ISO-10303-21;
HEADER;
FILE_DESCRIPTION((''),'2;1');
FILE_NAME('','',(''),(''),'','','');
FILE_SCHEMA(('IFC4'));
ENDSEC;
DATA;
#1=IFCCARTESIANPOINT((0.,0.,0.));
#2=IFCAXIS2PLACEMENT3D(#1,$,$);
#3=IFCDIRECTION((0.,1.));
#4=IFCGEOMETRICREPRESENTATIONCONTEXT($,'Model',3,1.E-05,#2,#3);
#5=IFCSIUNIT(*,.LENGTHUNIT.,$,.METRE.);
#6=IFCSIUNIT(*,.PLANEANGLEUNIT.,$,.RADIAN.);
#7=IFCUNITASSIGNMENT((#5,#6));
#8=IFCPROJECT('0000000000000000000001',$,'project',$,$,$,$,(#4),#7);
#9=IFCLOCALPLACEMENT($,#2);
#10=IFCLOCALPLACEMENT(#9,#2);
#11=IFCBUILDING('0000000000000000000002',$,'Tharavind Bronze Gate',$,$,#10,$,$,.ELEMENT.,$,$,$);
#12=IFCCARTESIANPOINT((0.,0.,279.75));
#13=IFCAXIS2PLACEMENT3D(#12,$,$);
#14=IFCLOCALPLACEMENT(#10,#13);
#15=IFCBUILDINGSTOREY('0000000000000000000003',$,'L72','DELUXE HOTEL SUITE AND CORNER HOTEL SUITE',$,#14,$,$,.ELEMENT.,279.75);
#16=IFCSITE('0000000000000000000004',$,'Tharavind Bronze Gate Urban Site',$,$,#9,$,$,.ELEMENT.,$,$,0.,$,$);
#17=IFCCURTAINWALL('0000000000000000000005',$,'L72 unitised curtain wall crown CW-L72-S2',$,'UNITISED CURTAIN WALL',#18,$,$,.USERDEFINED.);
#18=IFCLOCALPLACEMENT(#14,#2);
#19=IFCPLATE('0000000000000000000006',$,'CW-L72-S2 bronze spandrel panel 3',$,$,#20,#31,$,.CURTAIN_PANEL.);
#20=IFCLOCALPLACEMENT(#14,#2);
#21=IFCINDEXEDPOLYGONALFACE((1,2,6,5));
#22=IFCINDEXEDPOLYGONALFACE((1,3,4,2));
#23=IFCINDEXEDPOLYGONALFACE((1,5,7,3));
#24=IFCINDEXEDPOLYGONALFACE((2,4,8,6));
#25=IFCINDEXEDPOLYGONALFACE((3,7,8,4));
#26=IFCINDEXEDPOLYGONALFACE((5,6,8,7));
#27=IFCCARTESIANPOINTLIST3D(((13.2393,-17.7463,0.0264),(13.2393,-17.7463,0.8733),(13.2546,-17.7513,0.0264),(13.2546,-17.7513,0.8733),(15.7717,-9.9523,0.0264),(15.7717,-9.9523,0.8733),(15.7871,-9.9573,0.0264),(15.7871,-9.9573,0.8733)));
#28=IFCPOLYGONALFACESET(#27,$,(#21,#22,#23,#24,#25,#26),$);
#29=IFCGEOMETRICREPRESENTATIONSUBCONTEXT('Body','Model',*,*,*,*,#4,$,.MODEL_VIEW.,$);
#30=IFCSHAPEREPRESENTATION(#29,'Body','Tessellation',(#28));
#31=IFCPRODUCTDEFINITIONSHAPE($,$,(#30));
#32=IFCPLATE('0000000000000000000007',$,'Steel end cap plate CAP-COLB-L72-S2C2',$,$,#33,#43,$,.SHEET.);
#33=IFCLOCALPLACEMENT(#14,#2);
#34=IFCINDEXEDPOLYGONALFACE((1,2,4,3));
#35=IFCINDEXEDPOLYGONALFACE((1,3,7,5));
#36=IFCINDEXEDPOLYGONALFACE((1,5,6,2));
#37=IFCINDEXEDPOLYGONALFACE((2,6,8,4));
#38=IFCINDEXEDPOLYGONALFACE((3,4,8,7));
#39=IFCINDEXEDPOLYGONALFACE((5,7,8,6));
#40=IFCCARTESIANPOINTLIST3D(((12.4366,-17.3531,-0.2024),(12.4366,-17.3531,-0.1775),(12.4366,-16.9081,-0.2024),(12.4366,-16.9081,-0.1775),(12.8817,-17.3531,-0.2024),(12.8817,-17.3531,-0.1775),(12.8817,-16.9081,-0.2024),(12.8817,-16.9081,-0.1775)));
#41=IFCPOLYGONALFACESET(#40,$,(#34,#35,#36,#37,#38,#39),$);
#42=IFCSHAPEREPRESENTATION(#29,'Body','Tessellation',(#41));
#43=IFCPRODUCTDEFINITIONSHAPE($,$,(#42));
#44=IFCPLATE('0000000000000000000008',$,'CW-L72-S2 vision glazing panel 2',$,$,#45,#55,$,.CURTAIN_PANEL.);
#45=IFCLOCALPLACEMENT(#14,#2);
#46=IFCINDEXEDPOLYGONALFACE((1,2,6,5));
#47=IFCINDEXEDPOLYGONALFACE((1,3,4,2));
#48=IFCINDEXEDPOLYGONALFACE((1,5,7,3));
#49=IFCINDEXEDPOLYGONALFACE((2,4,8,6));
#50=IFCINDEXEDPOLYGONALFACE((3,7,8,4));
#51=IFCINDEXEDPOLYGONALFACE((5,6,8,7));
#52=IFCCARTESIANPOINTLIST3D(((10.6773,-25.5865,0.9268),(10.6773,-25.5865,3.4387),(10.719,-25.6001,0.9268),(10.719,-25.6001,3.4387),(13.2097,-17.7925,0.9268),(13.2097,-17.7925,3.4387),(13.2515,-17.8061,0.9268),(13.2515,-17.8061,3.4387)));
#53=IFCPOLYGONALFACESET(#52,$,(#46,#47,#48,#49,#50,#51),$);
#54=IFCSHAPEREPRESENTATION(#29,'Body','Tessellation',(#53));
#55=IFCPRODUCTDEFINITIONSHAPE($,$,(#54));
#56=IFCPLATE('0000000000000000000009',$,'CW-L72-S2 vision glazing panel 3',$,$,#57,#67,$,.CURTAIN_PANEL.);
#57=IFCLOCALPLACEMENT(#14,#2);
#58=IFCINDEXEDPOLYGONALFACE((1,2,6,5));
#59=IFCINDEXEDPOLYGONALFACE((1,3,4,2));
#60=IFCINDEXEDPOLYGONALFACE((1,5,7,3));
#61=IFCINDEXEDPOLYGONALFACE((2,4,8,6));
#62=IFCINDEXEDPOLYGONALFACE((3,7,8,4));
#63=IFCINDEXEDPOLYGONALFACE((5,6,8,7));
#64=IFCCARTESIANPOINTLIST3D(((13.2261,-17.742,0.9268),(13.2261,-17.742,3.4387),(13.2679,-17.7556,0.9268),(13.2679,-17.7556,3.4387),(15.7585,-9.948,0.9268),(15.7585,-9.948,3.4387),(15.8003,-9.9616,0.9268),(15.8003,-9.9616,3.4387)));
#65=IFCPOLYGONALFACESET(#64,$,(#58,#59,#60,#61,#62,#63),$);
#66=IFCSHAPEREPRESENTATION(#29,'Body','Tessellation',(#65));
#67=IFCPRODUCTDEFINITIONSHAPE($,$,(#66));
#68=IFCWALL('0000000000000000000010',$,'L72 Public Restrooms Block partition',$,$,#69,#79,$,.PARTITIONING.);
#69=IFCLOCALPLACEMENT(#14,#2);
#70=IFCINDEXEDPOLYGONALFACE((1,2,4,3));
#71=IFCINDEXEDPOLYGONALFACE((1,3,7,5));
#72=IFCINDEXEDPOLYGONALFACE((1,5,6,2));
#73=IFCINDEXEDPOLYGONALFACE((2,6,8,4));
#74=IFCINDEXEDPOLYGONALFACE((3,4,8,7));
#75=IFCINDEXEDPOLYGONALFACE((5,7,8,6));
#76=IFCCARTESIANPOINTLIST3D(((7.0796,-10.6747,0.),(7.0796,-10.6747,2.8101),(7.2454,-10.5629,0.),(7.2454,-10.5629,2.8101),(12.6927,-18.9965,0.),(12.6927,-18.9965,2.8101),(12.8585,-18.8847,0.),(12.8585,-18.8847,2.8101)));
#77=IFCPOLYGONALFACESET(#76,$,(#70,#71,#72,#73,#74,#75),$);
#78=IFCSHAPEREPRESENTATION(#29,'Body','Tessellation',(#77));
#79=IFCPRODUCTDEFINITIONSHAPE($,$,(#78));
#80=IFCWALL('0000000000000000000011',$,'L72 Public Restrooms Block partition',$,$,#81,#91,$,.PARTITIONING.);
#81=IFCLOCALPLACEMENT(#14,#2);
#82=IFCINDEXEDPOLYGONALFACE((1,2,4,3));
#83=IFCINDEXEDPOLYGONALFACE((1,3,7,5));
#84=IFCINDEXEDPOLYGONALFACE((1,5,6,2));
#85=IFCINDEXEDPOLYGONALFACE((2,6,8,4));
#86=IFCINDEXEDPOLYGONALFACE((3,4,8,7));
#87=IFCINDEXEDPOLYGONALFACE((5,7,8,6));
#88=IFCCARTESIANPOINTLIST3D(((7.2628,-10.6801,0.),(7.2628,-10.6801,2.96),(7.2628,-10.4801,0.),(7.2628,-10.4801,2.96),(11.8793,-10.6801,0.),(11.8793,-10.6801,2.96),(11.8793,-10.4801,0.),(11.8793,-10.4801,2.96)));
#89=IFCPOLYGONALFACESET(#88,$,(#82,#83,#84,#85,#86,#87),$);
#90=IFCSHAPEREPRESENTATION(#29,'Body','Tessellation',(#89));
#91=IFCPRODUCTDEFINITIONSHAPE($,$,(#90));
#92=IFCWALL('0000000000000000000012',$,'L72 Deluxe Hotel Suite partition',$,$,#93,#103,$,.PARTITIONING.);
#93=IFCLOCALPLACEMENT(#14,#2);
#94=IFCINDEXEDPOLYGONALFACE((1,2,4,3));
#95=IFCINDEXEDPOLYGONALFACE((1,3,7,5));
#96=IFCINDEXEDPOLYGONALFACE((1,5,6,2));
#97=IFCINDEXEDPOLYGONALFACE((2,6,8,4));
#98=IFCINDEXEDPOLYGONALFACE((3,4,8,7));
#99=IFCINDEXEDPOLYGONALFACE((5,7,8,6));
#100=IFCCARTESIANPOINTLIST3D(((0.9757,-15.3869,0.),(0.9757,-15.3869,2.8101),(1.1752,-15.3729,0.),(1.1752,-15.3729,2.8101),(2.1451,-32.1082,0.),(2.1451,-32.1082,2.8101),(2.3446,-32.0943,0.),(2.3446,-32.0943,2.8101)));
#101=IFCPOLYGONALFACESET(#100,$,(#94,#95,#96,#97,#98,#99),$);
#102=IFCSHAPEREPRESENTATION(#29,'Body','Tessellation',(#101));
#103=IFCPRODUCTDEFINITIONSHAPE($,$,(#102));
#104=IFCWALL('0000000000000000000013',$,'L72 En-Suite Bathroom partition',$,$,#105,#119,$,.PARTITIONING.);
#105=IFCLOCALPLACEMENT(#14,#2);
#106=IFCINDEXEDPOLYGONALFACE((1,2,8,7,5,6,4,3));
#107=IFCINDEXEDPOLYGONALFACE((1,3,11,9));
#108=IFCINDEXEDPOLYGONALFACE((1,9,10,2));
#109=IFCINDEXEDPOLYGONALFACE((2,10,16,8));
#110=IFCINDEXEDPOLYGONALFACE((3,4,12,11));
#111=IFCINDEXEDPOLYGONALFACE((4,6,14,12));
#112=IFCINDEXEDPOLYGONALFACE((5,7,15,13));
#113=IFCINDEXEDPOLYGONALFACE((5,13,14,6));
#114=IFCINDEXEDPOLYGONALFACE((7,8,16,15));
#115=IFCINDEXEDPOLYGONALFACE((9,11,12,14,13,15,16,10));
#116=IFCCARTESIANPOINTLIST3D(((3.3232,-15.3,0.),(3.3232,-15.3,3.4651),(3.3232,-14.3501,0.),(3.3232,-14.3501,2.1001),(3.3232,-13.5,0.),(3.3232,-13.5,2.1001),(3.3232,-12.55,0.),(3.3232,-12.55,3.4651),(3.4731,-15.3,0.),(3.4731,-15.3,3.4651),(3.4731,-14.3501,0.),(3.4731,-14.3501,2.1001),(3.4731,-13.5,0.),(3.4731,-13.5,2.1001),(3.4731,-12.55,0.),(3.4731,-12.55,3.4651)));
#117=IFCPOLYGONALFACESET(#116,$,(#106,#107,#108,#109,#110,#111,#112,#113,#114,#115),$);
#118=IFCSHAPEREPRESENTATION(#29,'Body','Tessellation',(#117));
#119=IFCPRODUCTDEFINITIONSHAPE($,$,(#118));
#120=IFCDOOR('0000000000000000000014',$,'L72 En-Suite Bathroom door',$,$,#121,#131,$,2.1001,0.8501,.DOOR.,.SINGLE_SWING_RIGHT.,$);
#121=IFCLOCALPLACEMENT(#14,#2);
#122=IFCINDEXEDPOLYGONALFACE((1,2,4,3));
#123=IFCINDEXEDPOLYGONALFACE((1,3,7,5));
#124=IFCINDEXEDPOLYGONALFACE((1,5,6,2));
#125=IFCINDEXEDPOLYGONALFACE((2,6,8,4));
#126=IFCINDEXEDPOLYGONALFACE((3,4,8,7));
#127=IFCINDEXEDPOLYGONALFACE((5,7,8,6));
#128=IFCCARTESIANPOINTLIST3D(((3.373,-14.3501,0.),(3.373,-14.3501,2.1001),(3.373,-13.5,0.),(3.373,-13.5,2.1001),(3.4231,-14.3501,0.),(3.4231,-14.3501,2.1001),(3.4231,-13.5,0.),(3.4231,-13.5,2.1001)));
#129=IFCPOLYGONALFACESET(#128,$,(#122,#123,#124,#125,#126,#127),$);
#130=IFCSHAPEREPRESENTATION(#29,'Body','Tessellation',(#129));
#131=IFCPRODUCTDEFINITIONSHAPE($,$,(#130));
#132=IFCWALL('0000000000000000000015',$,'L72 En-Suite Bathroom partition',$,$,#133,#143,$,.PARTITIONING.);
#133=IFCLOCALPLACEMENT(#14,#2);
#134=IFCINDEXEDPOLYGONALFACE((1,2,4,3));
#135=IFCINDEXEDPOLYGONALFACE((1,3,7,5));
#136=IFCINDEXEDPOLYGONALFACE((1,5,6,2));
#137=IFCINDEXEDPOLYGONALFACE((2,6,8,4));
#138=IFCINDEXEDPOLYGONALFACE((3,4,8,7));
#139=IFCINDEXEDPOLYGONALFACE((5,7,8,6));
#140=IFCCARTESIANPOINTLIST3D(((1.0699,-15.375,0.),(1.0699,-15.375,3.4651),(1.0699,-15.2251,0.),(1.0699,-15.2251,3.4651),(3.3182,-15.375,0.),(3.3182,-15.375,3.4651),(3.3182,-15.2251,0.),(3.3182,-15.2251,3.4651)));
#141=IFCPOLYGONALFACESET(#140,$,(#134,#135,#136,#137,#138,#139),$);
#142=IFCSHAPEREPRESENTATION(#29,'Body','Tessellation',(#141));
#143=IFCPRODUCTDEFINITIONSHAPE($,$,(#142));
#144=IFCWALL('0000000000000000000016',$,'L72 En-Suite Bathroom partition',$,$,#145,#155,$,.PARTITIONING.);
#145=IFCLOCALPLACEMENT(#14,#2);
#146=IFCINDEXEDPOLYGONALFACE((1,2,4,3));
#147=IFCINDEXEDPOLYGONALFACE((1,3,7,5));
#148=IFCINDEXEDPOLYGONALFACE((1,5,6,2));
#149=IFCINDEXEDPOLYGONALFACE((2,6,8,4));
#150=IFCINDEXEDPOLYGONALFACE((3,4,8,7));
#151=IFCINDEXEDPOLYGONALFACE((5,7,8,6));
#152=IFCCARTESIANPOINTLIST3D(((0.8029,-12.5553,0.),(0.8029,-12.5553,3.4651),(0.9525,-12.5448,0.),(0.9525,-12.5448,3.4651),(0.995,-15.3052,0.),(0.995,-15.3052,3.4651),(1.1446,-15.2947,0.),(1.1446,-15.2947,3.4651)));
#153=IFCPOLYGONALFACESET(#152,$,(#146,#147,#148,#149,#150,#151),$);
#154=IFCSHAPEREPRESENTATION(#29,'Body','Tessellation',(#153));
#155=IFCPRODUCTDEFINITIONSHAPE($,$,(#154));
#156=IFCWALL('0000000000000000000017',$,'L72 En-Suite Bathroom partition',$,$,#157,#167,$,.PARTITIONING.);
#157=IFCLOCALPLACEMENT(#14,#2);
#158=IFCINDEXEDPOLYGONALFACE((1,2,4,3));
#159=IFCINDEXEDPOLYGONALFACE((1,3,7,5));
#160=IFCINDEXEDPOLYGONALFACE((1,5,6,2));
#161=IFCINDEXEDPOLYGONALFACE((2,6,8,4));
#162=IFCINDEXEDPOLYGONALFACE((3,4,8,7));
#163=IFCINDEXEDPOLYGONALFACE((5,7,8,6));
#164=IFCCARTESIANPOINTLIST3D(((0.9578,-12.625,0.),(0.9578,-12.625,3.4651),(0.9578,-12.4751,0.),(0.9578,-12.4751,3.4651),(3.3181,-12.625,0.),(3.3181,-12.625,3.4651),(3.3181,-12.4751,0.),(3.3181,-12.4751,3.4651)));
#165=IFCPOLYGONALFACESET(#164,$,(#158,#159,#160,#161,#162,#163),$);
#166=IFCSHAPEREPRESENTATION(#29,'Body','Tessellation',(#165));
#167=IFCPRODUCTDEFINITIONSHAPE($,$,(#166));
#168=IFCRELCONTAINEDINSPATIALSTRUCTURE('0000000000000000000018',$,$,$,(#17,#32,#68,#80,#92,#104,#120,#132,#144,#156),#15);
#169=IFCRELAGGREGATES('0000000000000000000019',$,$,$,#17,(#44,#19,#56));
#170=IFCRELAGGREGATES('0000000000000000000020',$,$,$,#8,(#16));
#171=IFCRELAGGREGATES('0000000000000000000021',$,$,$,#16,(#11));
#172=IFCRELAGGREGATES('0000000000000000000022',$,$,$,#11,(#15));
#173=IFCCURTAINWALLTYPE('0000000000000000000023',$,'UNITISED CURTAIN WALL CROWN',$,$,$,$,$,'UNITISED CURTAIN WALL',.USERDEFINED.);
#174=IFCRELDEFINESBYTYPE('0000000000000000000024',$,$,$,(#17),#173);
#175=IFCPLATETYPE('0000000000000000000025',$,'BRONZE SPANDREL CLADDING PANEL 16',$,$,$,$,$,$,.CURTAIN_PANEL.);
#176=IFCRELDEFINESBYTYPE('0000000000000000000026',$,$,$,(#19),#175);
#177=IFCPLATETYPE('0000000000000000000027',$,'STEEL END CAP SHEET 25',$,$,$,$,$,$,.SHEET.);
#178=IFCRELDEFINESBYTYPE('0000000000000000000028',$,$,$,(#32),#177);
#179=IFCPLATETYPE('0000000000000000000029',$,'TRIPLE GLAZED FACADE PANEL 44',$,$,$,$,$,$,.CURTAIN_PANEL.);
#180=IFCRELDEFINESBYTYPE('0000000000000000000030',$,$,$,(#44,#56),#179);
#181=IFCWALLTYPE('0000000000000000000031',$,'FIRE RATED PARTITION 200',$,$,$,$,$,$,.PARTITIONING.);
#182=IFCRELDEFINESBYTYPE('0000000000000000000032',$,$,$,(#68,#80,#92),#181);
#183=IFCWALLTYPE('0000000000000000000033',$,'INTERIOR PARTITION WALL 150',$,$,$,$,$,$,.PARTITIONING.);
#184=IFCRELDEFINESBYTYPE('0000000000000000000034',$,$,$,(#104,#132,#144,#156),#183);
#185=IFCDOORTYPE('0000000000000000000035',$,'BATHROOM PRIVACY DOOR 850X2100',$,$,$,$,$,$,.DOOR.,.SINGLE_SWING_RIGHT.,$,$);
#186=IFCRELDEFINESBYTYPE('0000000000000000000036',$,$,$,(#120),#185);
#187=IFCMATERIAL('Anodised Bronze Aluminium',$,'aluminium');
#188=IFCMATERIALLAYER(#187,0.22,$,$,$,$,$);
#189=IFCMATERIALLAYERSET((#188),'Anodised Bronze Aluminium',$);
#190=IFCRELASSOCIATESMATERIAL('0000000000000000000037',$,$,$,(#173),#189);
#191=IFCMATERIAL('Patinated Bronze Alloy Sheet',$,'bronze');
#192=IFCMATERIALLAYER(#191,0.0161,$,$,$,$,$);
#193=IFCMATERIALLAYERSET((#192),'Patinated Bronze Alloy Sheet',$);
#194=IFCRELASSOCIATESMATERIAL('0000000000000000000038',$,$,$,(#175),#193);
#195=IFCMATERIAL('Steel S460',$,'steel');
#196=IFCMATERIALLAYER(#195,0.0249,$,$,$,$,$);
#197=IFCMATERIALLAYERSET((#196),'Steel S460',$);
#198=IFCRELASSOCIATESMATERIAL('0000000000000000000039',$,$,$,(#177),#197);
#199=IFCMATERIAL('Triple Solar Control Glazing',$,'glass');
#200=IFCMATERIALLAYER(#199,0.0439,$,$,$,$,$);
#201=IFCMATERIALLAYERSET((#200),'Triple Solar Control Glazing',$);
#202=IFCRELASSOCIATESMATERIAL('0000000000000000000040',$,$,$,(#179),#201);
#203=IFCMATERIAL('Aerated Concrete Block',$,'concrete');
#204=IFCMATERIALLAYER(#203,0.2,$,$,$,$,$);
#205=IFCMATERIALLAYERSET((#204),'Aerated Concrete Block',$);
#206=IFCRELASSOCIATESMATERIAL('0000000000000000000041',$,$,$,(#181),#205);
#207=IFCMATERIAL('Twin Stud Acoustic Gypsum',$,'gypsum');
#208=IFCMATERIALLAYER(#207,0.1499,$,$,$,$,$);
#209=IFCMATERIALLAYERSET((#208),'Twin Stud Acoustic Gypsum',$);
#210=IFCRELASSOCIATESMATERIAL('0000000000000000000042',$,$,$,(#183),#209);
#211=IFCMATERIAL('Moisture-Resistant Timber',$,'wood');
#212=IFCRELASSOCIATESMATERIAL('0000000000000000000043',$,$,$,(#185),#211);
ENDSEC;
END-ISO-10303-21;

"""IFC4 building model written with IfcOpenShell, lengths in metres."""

from ifc_helpers import new_model, si_unit, direction, frame, frame_2d, origin, origin_2d, place, context, subcontext, project, spatial, rectangle, extrude, material, layer, layer_set, type_object, element, fill, aggregate, save


model = new_model("IFC4")

# Units and contexts
model_context = context("Model", 3, precision=1e-05, world=origin(), true_north=direction((0.0, 1.0)))
body_context = subcontext(model_context, "Body", "Model", "MODEL_VIEW")
ifc_project = project(units=[si_unit("LENGTHUNIT", "METRE"), si_unit("PLANEANGLEUNIT", "RADIAN")], contexts=[model_context])

# Site, building, storey
site_placement = place(None, origin())
site = spatial("IfcSite", under=ifc_project, at=site_placement, Name="Tharavind Bronze Gate Urban Site", CompositionType="ELEMENT", RefElevation=0.0)
building_placement = place(site_placement, origin())
building = spatial("IfcBuilding", under=site, at=building_placement, Name="Tharavind Bronze Gate", CompositionType="ELEMENT")
storey_placement = place(building_placement, frame((0.0, 0.0, 279.75)))
storey = spatial("IfcBuildingStorey", under=building, at=storey_placement, Name="L72", Description="DELUXE HOTEL SUITE AND CORNER HOTEL SUITE", CompositionType="ELEMENT", Elevation=279.75)

# Shared definitions
ifc_material_1 = material(Name="Steel S460", Category="steel")

# Curtain wall
ifc_material_2 = material(Name="Anodised Bronze Aluminium", Category="aluminium")
ifc_layer_1 = layer(ifc_material_2, 0.22)
ifc_layer_set_1 = layer_set([ifc_layer_1], Name="Anodised Bronze Aluminium")
curtain_wall_type = type_object("IfcCurtainWallType", Name="UNITISED CURTAIN WALL CROWN", ElementType="UNITISED CURTAIN WALL", PredefinedType="USERDEFINED", material=ifc_layer_set_1)
curtain_wall_placement = place(storey_placement, origin())
curtain_wall = element("IfcCurtainWall", 1, at=curtain_wall_placement, inside=storey, type_object=curtain_wall_type, Name="L72 unitised curtain wall crown CW-L72-S2", ObjectType="UNITISED CURTAIN WALL", PredefinedType="USERDEFINED")

# Plates
ifc_material_3 = material(Name="Patinated Bronze Alloy Sheet", Category="bronze")
ifc_layer_2 = layer(ifc_material_3, 0.0161)
ifc_layer_set_2 = layer_set([ifc_layer_2], Name="Patinated Bronze Alloy Sheet")
plate_type_1 = type_object("IfcPlateType", Name="BRONZE SPANDREL CLADDING PANEL 16", PredefinedType="CURTAIN_PANEL", material=ifc_layer_set_2)
plate_1_placement = place(storey_placement, frame((14.5132, -13.8518, 0.0264), z_axis=(0.0, 0.0, 1.0), x_axis=(0.309017, 0.951057, 0.0)))
plate_1 = element("IfcPlate", 2, at=plate_1_placement, type_object=plate_type_1, Name="CW-L72-S2 bronze spandrel panel 3", PredefinedType="CURTAIN_PANEL", context=body_context, shape_type="SweptSolid", body=[
    extrude(rectangle(XDim=8.1951, YDim=0.0161, at=origin_2d()), origin(), (0.0, 0.0, 1.0), 0.8469),
])
ifc_layer_3 = layer(ifc_material_1, 0.0249)
ifc_layer_set_3 = layer_set([ifc_layer_3], Name="Steel S460")
plate_type_2 = type_object("IfcPlateType", Name="STEEL END CAP SHEET 25", PredefinedType="SHEET", material=ifc_layer_set_3)
plate_2_placement = place(storey_placement, frame((12.6592, -17.1306, -0.2024), z_axis=(0.0, 0.0, 1.0), x_axis=(1.0, 0.0, 0.0)))
element("IfcPlate", 3, at=plate_2_placement, inside=storey, type_object=plate_type_2, Name="Steel end cap plate CAP-COLB-L72-S2C2", PredefinedType="SHEET", context=body_context, shape_type="SweptSolid", body=[
    extrude(rectangle(XDim=0.4451, YDim=0.4451, at=origin_2d()), origin(), (0.0, 0.0, 1.0), 0.0249),
])
ifc_material_4 = material(Name="Triple Solar Control Glazing", Category="glass")
ifc_layer_4 = layer(ifc_material_4, 0.0439)
ifc_layer_set_4 = layer_set([ifc_layer_4], Name="Triple Solar Control Glazing")
plate_type_3 = type_object("IfcPlateType", Name="TRIPLE GLAZED FACADE PANEL 44", PredefinedType="CURTAIN_PANEL", material=ifc_layer_set_4)
plate_3_placement = place(storey_placement, frame((11.9644, -21.6963, 0.9268), z_axis=(0.0, 0.0, 1.0), x_axis=(0.309017, 0.951057, 0.0)))
plate_3 = element("IfcPlate", 4, at=plate_3_placement, type_object=plate_type_3, Name="CW-L72-S2 vision glazing panel 2", PredefinedType="CURTAIN_PANEL", context=body_context, shape_type="SweptSolid", body=[
    extrude(rectangle(XDim=8.1951, YDim=0.0439, at=origin_2d()), origin(), (0.0, 0.0, 1.0), 2.512),
])
plate_4_placement = place(storey_placement, frame((14.5132, -13.8518, 0.9268), z_axis=(0.0, 0.0, 1.0), x_axis=(0.309017, 0.951057, 0.0)))
plate_4 = element("IfcPlate", 5, at=plate_4_placement, type_object=plate_type_3, Name="CW-L72-S2 vision glazing panel 3", PredefinedType="CURTAIN_PANEL", context=body_context, shape_type="SweptSolid", body=[
    extrude(rectangle(XDim=8.1951, YDim=0.0439, at=origin_2d()), origin(), (0.0, 0.0, 1.0), 2.512),
])
aggregate(curtain_wall, [plate_3, plate_1, plate_4])

# Walls
ifc_material_5 = material(Name="Aerated Concrete Block", Category="concrete")
ifc_layer_5 = layer(ifc_material_5, 0.2)
ifc_layer_set_5 = layer_set([ifc_layer_5], Name="Aerated Concrete Block")
wall_type_1 = type_object("IfcWallType", Name="FIRE RATED PARTITION 200", PredefinedType="PARTITIONING", material=ifc_layer_set_5)
wall_1_placement = place(storey_placement, frame((12.7756, -18.9407, 0.0), z_axis=(0.0, 0.0, 1.0), x_axis=(-0.559188, 0.829041, 0.0)))
element("IfcWall", 6, at=wall_1_placement, inside=storey, type_object=wall_type_1, Name="L72 Public Restrooms Block partition", PredefinedType="PARTITIONING", context=body_context, shape_type="SweptSolid", body=[
    extrude(rectangle(XDim=10.0378, YDim=0.2, at=frame_2d((5.019, 0.0))), origin(), (0.0, 0.0, 1.0), 2.8101),
])
wall_2_placement = place(storey_placement, frame((7.2629, -10.5801, 0.0), z_axis=(0.0, 0.0, 1.0), x_axis=(1.0, 0.0, 0.0)))
element("IfcWall", 7, at=wall_2_placement, inside=storey, type_object=wall_type_1, Name="L72 Public Restrooms Block partition", PredefinedType="PARTITIONING", context=body_context, shape_type="SweptSolid", body=[
    extrude(rectangle(XDim=4.6165, YDim=0.2, at=frame_2d((2.3081, 0.0))), origin(), (0.0, 0.0, 1.0), 2.96),
])
wall_3_placement = place(storey_placement, frame((1.0754, -15.3799, 0.0), z_axis=(0.0, 0.0, 1.0), x_axis=(0.069766, -0.997563, 0.0)))
element("IfcWall", 8, at=wall_3_placement, inside=storey, type_object=wall_type_1, Name="L72 Deluxe Hotel Suite partition", PredefinedType="PARTITIONING", context=body_context, shape_type="SweptSolid", body=[
    extrude(rectangle(XDim=16.7622, YDim=0.2, at=frame_2d((8.3811, 0.0))), origin(), (0.0, 0.0, 1.0), 2.8101),
])

# Wall, opening, door
ifc_material_6 = material(Name="Twin Stud Acoustic Gypsum", Category="gypsum")
ifc_layer_6 = layer(ifc_material_6, 0.1499)
ifc_layer_set_6 = layer_set([ifc_layer_6], Name="Twin Stud Acoustic Gypsum")
wall_type_2 = type_object("IfcWallType", Name="INTERIOR PARTITION WALL 150", PredefinedType="PARTITIONING", material=ifc_layer_set_6)
wall_4_placement = place(storey_placement, frame((3.3982, -12.55, 0.0), z_axis=(0.0, 0.0, 1.0), x_axis=(0.0, -1.0, 0.0)))
wall_4 = element("IfcWall", 9, at=wall_4_placement, inside=storey, type_object=wall_type_2, Name="L72 En-Suite Bathroom partition", PredefinedType="PARTITIONING", context=body_context, shape_type="SweptSolid", body=[
    extrude(rectangle(XDim=2.75, YDim=0.1499, at=frame_2d((1.375, 0.0))), origin(), (0.0, 0.0, 1.0), 3.4651),
])
opening_placement = place(wall_4_placement, frame((0.95, 0.0, 0.0)))
opening = element("IfcOpeningElement", 10, at=opening_placement, cuts=wall_4, PredefinedType="OPENING", context=body_context, shape_type="SweptSolid", body=[
    extrude(rectangle(XDim=0.8501, YDim=2.1001, at=frame_2d((0.425, 1.05))), frame((0.0, 0.085, 0.0), z_axis=(0.0, -1.0, 0.0), x_axis=(1.0, 0.0, 0.0)), (0.0, 0.0, 1.0), 0.1699),
])
ifc_material_7 = material(Name="Moisture-Resistant Timber", Category="wood")
door_type = type_object("IfcDoorType", Name="BATHROOM PRIVACY DOOR 850X2100", OperationType="SINGLE_SWING_RIGHT", PredefinedType="DOOR", material=ifc_material_7)
door_placement = place(opening_placement, origin())
door = element("IfcDoor", 11, at=door_placement, inside=storey, type_object=door_type, Name="L72 En-Suite Bathroom door", OperationType="SINGLE_SWING_RIGHT", OverallHeight=2.1001, OverallWidth=0.8501, PredefinedType="DOOR", context=body_context, shape_type="SweptSolid", body=[
    extrude(rectangle(XDim=0.8501, YDim=2.1001, at=frame_2d((0.425, 1.05))), frame((0.0, 0.0249, 0.0), z_axis=(0.0, -1.0, 0.0), x_axis=(1.0, 0.0, 0.0)), (0.0, 0.0, 1.0), 0.05),
])
fill(opening, door)

# Walls
wall_5_placement = place(storey_placement, frame((3.3181, -15.3, 0.0), z_axis=(0.0, 0.0, 1.0), x_axis=(-1.0, 0.0, 0.0)))
element("IfcWall", 12, at=wall_5_placement, inside=storey, type_object=wall_type_2, Name="L72 En-Suite Bathroom partition", PredefinedType="PARTITIONING", context=body_context, shape_type="SweptSolid", body=[
    extrude(rectangle(XDim=2.2483, YDim=0.1499, at=frame_2d((1.124, 0.0))), origin(), (0.0, 0.0, 1.0), 3.4651),
])
wall_6_placement = place(storey_placement, frame((1.0698, -15.3, 0.0), z_axis=(0.0, 0.0, 1.0), x_axis=(-0.069699, 0.997568, 0.0)))
element("IfcWall", 13, at=wall_6_placement, inside=storey, type_object=wall_type_2, Name="L72 En-Suite Bathroom partition", PredefinedType="PARTITIONING", context=body_context, shape_type="SweptSolid", body=[
    extrude(rectangle(XDim=2.7566, YDim=0.1499, at=frame_2d((1.3784, 0.0))), origin(), (0.0, 0.0, 1.0), 3.4651),
])
wall_7_placement = place(storey_placement, frame((0.9578, -12.55, 0.0), z_axis=(0.0, 0.0, 1.0), x_axis=(1.0, 0.0, 0.0)))
element("IfcWall", 14, at=wall_7_placement, inside=storey, type_object=wall_type_2, Name="L72 En-Suite Bathroom partition", PredefinedType="PARTITIONING", context=body_context, shape_type="SweptSolid", body=[
    extrude(rectangle(XDim=2.3604, YDim=0.1499, at=frame_2d((1.1802, 0.0))), origin(), (0.0, 0.0, 1.0), 3.4651),
])

save(model, "model.ifc")
